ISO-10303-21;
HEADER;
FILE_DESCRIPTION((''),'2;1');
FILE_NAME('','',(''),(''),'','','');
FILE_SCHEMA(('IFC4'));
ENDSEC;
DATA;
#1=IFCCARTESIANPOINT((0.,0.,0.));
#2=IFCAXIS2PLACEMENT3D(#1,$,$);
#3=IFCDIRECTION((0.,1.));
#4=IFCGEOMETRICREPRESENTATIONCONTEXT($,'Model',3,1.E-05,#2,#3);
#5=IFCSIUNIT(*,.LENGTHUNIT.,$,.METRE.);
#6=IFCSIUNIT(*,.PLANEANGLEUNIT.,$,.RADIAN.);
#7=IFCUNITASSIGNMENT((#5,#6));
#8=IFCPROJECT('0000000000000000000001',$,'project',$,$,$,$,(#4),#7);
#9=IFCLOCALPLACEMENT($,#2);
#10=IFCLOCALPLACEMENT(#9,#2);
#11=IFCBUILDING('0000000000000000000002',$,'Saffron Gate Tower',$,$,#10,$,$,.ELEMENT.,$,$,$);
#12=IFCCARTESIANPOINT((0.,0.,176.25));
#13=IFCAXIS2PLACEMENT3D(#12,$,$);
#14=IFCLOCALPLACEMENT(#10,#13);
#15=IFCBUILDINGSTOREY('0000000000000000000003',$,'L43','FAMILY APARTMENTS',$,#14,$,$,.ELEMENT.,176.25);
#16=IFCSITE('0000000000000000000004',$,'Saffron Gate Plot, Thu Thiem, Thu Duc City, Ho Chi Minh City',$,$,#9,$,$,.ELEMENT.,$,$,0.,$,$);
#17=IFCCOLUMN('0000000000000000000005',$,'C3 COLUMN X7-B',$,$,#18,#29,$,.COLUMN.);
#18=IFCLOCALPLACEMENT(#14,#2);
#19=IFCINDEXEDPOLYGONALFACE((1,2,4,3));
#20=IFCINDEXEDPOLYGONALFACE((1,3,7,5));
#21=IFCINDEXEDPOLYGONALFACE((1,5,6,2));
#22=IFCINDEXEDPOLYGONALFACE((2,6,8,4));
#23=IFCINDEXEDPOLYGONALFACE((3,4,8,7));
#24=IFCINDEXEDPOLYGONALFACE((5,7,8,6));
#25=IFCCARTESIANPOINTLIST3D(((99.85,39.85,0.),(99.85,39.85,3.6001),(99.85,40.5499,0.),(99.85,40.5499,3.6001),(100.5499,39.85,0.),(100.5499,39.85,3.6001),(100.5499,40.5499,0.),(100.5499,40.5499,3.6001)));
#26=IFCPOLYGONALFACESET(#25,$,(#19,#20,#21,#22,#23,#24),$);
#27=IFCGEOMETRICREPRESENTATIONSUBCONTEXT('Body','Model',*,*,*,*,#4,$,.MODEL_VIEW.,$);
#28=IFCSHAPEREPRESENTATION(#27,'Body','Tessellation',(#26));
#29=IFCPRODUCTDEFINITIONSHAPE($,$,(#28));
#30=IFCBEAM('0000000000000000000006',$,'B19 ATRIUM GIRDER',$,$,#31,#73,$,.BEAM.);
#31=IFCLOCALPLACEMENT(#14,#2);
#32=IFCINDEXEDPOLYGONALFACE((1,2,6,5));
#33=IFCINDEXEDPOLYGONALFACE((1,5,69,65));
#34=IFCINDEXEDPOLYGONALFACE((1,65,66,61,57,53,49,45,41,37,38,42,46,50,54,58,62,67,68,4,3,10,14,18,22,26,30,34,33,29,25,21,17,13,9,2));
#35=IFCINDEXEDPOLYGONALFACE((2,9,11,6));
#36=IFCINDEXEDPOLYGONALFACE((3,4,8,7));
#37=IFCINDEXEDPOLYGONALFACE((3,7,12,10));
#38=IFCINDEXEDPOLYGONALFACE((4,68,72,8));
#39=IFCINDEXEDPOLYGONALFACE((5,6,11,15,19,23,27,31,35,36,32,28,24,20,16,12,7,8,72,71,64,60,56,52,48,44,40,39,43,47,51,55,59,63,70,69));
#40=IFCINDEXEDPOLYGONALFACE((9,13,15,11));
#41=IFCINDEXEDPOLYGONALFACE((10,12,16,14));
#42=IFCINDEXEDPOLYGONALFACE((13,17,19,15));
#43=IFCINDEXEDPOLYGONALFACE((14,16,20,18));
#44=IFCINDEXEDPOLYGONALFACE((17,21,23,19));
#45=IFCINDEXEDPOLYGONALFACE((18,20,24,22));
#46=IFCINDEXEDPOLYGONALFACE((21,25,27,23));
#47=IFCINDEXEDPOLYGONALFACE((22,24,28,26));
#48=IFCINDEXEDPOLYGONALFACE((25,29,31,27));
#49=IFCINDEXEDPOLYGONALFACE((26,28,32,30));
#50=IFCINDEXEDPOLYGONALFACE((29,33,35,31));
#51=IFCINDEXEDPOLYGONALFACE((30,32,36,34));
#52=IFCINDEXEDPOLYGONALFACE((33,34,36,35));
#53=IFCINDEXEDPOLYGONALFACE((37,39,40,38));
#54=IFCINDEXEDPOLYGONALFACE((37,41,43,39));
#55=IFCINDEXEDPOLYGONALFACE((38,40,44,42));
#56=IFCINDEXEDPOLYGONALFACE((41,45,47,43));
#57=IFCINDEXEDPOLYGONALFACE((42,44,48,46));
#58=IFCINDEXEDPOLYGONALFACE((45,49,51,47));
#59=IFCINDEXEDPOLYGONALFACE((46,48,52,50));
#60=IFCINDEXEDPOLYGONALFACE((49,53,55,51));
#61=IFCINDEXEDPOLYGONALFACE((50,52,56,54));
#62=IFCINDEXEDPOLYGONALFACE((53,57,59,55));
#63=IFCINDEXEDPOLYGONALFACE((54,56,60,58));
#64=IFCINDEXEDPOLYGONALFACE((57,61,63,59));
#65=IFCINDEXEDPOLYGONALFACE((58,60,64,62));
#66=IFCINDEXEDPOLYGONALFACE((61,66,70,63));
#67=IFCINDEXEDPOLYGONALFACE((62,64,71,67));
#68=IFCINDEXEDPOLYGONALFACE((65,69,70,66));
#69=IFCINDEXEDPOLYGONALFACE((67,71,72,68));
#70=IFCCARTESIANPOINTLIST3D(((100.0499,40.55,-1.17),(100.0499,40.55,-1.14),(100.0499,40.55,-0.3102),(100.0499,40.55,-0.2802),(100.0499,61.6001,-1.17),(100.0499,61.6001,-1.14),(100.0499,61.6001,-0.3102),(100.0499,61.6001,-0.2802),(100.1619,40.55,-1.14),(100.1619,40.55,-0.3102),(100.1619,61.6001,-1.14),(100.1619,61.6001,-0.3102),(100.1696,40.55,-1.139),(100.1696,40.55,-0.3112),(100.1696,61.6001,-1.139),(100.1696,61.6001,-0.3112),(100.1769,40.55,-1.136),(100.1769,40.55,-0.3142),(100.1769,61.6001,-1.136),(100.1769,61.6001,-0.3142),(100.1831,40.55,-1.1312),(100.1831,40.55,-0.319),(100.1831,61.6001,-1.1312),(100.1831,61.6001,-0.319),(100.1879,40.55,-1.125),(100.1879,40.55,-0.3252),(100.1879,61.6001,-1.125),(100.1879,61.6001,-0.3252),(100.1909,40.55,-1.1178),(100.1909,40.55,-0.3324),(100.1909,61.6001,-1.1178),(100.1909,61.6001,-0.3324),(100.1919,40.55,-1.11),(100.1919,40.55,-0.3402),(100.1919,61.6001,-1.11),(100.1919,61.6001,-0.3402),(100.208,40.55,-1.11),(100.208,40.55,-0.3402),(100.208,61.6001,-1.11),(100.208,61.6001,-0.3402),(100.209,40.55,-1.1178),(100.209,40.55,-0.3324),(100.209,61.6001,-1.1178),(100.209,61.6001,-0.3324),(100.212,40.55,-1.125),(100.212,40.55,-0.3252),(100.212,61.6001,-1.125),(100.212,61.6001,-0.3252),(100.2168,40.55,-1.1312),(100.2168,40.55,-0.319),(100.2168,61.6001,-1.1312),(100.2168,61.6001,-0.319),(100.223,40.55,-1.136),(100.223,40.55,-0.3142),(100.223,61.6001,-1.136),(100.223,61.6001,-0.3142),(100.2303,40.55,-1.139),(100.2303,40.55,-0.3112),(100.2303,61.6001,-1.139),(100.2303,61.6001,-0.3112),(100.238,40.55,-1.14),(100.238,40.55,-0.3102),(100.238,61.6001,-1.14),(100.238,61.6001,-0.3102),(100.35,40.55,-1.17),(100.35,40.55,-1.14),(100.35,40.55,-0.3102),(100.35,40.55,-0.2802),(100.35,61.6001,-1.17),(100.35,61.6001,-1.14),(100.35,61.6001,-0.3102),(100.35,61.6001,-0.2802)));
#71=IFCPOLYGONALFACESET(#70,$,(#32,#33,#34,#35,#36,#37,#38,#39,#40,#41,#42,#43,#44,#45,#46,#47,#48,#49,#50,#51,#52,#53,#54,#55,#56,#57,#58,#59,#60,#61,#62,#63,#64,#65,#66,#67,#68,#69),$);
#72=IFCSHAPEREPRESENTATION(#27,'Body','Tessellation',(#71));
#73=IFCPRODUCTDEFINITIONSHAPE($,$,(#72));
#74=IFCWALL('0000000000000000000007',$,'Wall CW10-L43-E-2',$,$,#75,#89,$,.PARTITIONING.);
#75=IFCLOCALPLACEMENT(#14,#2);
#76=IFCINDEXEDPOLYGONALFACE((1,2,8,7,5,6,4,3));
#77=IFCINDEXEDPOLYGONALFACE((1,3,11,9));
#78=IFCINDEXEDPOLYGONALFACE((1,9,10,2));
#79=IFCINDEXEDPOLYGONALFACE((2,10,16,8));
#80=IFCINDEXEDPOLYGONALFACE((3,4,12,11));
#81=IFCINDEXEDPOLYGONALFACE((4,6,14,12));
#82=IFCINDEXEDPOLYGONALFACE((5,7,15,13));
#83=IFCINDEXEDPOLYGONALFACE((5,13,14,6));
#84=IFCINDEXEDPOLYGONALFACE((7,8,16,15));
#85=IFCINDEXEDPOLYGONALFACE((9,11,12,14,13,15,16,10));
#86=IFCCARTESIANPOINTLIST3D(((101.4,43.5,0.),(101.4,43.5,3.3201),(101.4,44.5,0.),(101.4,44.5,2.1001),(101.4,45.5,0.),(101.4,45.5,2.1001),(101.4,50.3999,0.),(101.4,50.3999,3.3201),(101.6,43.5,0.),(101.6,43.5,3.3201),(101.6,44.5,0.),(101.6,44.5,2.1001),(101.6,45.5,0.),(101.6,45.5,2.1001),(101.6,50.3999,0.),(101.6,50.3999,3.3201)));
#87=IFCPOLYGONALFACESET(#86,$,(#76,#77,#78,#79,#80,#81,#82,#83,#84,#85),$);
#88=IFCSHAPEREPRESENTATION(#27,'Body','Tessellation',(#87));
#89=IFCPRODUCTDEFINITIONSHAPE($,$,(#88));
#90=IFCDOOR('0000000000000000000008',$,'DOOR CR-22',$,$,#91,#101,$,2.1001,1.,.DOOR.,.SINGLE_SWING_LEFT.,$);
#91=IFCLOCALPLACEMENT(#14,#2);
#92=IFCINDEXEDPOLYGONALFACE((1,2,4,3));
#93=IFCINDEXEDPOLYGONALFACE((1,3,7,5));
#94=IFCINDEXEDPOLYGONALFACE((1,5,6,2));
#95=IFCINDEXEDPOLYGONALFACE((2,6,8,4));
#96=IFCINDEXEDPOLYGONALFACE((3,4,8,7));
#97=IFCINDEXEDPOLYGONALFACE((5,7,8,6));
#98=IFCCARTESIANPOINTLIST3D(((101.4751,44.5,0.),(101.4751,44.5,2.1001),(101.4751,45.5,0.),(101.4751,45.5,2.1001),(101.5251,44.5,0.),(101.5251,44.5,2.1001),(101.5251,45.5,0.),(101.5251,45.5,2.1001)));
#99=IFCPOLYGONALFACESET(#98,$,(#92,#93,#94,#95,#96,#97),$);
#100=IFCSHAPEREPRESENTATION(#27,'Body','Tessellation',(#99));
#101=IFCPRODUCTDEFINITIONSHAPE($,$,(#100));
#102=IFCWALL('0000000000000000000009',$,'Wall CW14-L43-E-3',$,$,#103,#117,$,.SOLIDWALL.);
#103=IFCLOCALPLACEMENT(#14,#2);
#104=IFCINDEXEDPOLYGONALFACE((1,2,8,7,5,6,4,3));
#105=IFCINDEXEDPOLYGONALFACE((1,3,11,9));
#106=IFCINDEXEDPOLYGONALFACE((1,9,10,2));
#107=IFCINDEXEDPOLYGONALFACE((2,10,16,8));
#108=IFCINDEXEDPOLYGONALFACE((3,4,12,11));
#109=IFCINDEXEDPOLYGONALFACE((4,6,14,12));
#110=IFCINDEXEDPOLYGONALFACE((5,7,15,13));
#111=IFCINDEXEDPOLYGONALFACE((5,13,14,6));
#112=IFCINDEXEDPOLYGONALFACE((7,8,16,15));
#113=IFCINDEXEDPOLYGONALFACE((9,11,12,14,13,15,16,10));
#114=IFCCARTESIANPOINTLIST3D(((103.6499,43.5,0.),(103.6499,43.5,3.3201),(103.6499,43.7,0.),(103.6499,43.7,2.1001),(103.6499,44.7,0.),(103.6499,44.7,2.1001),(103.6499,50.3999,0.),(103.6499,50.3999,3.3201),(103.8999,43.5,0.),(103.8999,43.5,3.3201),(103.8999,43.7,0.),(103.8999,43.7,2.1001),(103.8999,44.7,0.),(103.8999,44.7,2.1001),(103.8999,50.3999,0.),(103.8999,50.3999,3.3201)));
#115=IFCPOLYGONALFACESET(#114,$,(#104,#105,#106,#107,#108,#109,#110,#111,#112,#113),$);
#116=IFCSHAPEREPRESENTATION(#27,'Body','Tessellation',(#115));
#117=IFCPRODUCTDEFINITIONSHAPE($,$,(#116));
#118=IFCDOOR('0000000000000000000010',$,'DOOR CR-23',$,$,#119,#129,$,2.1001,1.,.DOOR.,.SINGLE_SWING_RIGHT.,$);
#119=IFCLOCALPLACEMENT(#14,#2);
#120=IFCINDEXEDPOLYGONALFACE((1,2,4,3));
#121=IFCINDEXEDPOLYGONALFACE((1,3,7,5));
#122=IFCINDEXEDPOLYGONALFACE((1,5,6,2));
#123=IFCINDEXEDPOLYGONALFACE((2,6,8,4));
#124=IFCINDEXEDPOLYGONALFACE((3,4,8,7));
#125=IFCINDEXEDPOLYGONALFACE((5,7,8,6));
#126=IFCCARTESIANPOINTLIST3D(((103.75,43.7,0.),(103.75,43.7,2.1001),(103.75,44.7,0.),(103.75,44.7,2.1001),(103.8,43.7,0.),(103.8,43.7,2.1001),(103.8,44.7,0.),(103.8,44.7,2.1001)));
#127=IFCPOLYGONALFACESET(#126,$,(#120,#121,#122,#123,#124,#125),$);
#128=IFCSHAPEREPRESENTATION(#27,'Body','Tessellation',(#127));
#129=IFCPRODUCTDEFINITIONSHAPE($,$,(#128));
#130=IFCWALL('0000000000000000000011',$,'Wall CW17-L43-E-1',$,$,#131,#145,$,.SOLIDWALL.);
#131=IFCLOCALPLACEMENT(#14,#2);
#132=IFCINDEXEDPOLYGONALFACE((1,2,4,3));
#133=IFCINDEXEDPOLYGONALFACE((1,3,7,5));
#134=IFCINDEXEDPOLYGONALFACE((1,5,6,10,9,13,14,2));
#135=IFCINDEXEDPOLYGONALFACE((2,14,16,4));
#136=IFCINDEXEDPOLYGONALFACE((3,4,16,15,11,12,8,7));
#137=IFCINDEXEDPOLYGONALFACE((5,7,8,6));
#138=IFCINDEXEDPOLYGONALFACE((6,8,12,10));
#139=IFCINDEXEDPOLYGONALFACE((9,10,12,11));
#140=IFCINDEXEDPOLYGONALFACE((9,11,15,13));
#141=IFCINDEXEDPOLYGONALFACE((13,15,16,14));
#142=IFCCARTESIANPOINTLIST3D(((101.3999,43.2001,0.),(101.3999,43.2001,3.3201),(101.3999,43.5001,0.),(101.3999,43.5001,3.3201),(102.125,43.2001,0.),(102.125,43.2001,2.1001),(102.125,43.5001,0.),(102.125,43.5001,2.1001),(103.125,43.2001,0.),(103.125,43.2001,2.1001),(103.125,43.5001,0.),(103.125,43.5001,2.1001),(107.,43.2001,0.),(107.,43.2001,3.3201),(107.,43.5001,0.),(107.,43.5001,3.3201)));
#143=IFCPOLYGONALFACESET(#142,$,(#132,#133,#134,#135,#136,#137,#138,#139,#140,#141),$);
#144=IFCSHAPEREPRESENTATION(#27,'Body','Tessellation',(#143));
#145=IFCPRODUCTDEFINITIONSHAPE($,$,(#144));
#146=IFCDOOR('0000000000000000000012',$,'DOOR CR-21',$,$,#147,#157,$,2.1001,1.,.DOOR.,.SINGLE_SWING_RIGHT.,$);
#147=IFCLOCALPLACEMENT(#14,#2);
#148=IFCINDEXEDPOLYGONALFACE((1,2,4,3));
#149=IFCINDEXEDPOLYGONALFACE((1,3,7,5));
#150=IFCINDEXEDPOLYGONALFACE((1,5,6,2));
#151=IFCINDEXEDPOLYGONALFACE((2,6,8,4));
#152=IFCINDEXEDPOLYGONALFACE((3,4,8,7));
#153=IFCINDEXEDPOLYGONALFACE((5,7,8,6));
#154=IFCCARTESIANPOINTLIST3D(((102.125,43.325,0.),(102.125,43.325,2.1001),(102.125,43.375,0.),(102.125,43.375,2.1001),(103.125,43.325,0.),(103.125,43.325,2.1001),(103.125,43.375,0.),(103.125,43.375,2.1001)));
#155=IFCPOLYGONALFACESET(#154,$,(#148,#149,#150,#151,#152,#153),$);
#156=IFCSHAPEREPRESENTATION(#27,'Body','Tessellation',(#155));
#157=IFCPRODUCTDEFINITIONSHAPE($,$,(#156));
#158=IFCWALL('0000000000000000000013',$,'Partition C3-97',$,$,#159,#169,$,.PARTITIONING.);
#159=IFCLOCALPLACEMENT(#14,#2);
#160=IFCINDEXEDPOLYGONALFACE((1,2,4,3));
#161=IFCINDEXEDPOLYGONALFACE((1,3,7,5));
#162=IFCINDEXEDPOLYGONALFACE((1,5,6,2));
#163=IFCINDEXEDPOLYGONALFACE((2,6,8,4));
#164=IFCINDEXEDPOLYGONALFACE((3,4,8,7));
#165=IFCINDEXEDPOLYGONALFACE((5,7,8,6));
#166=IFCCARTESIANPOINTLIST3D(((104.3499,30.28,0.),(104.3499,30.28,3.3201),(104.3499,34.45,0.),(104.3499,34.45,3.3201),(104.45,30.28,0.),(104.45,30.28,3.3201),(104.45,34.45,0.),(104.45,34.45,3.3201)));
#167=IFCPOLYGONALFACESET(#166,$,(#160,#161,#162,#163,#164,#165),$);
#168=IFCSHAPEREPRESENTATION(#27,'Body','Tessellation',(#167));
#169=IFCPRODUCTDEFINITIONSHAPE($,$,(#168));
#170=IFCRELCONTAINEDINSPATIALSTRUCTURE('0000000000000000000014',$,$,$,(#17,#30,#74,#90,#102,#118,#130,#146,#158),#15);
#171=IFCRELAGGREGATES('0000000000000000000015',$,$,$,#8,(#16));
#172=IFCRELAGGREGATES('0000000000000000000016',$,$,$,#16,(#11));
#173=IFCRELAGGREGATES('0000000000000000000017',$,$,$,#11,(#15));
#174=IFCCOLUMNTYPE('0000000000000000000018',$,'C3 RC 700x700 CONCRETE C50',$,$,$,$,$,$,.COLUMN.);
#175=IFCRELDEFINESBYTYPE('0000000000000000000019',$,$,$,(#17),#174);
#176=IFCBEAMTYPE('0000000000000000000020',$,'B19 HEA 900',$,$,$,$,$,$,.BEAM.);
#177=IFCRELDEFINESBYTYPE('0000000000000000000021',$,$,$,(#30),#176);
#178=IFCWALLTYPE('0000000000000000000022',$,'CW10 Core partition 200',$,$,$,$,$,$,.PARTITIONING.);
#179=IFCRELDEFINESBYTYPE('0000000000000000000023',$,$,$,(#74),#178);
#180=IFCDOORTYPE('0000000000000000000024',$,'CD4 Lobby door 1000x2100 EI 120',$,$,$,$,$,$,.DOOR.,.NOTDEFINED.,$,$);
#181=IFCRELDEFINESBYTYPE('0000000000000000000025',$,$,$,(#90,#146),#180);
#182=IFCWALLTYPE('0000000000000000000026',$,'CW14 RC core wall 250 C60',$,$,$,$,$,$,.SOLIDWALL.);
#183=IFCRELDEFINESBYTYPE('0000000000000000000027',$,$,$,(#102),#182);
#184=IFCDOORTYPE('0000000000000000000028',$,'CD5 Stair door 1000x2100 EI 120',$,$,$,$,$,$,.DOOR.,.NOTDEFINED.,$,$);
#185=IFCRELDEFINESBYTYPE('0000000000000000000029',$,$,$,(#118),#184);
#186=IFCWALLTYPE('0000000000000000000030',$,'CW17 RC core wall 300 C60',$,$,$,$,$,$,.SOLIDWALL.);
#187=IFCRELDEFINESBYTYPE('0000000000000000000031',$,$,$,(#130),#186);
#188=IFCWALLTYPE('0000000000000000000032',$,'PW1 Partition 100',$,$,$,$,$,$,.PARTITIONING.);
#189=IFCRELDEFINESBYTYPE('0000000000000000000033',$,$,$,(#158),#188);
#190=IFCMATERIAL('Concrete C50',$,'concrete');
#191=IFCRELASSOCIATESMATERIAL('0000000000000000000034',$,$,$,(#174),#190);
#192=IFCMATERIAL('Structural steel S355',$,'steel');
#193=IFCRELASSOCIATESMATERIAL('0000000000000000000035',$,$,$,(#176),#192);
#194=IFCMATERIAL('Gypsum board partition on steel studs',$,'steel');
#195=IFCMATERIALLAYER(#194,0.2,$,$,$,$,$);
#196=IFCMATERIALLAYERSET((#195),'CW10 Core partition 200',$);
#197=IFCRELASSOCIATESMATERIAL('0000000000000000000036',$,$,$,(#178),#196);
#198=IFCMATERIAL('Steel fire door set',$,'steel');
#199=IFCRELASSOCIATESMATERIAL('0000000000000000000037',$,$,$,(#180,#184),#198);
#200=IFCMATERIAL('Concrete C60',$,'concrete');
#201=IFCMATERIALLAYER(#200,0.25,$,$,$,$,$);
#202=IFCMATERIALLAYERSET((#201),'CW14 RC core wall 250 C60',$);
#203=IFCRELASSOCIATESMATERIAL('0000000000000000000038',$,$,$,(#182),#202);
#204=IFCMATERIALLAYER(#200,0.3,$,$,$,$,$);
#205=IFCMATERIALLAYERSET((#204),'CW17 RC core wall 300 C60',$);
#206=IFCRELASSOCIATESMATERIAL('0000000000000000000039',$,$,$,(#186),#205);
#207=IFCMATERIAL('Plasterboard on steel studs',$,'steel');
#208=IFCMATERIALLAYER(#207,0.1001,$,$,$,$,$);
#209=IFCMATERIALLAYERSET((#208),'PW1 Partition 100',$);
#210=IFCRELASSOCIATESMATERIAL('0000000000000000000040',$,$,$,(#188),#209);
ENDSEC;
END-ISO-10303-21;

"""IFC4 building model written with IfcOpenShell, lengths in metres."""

from ifc_helpers import new_model, si_unit, direction, frame, frame_2d, origin, origin_2d, place, context, subcontext, project, spatial, rectangle, i_section, extrude, material, layer, layer_set, material_profile, profile_set, type_object, element, fill, save


model = new_model("IFC4")

# Units and contexts
model_context = context("Model", 3, precision=1e-05, world=origin(), true_north=direction((0.0, 1.0)))
body_context = subcontext(model_context, "Body", "Model", "MODEL_VIEW")
ifc_project = project(units=[si_unit("LENGTHUNIT", "METRE"), si_unit("PLANEANGLEUNIT", "RADIAN")], contexts=[model_context])

# Site, building, storey
site_placement = place(None, origin())
site = spatial("IfcSite", under=ifc_project, at=site_placement, Name="Saffron Gate Plot, Thu Thiem, Thu Duc City, Ho Chi Minh City", CompositionType="ELEMENT", RefElevation=0.0)
building_placement = place(site_placement, origin())
building = spatial("IfcBuilding", under=site, at=building_placement, Name="Saffron Gate Tower", CompositionType="ELEMENT")
storey_placement = place(building_placement, frame((0.0, 0.0, 176.25)))
storey = spatial("IfcBuildingStorey", under=building, at=storey_placement, Name="L43", Description="FAMILY APARTMENTS", CompositionType="ELEMENT", Elevation=176.25)

# Column
ifc_material_1 = material(Name="Concrete C50", Category="concrete")
ifc_material_profile_1 = material_profile(ifc_material_1, rectangle(XDim=0.7, YDim=0.7, at=origin_2d()))
ifc_profile_set_1 = profile_set([ifc_material_profile_1], Name="Concrete C50")
column_type = type_object("IfcColumnType", Name="C3 RC 700x700 CONCRETE C50", PredefinedType="COLUMN", material=ifc_profile_set_1)
column_placement = place(storey_placement, frame((100.2, 40.2, 0.0), z_axis=(0.0, 0.0, 1.0), x_axis=(1.0, 0.0, 0.0)))
element("IfcColumn", 1, at=column_placement, inside=storey, type_object=column_type, Name="C3 COLUMN X7-B", PredefinedType="COLUMN", context=body_context, shape_type="SweptSolid", body=[
    extrude(rectangle(XDim=0.7, YDim=0.7, at=origin_2d()), origin(), (0.0, 0.0, 1.0), 3.6001),
])

# Beam
ifc_material_2 = material(Name="Structural steel S355", Category="steel")
ifc_material_profile_2 = material_profile(ifc_material_2, i_section(OverallWidth=0.3, OverallDepth=0.8899, WebThickness=0.0161, FlangeThickness=0.03, FilletRadius=0.03, at=origin_2d()))
ifc_profile_set_2 = profile_set([ifc_material_profile_2], Name="Structural steel S355")
beam_type = type_object("IfcBeamType", Name="B19 HEA 900", PredefinedType="BEAM", material=ifc_profile_set_2)
beam_placement = place(storey_placement, frame((100.2, 40.55, -0.7251), z_axis=(0.0, 1.0, 0.0), x_axis=(-1.0, 0.0, 0.0)))
element("IfcBeam", 2, at=beam_placement, inside=storey, type_object=beam_type, Name="B19 ATRIUM GIRDER", PredefinedType="BEAM", context=body_context, shape_type="SweptSolid", body=[
    extrude(i_section(OverallWidth=0.3, OverallDepth=0.8899, WebThickness=0.0161, FlangeThickness=0.03, FilletRadius=0.03, at=origin_2d()), origin(), (0.0, 0.0, 1.0), 21.05),
])

# Walls, openings, doors
ifc_material_3 = material(Name="Gypsum board partition on steel studs", Category="steel")
ifc_layer_1 = layer(ifc_material_3, 0.2)
ifc_layer_set_1 = layer_set([ifc_layer_1], Name="CW10 Core partition 200")
wall_type_1 = type_object("IfcWallType", Name="CW10 Core partition 200", PredefinedType="PARTITIONING", material=ifc_layer_set_1)
wall_1_placement = place(storey_placement, frame((101.5, 43.5, 0.0), z_axis=(0.0, 0.0, 1.0), x_axis=(0.0, 1.0, 0.0)))
wall_1 = element("IfcWall", 3, at=wall_1_placement, inside=storey, type_object=wall_type_1, Name="Wall CW10-L43-E-2", PredefinedType="PARTITIONING", context=body_context, shape_type="SweptSolid", body=[
    extrude(rectangle(XDim=6.8999, YDim=0.2, at=frame_2d((3.45, 0.0))), origin(), (0.0, 0.0, 1.0), 3.3201),
])
opening_1_placement = place(wall_1_placement, frame((1.0, 0.0, 0.0)))
opening_1 = element("IfcOpeningElement", 4, at=opening_1_placement, cuts=wall_1, PredefinedType="OPENING", context=body_context, shape_type="SweptSolid", body=[
    extrude(rectangle(XDim=1.0, YDim=2.1001, at=frame_2d((0.5, 1.05))), frame((0.0, 0.1099, 0.0), z_axis=(0.0, -1.0, 0.0), x_axis=(1.0, 0.0, 0.0)), (0.0, 0.0, 1.0), 0.22),
])
ifc_material_4 = material(Name="Steel fire door set", Category="steel")
door_type_1 = type_object("IfcDoorType", Name="CD4 Lobby door 1000x2100 EI 120", OperationType="NOTDEFINED", PredefinedType="DOOR", material=ifc_material_4)
door_1_placement = place(opening_1_placement, origin())
door_1 = element("IfcDoor", 5, at=door_1_placement, inside=storey, type_object=door_type_1, Name="DOOR CR-22", OperationType="SINGLE_SWING_LEFT", OverallHeight=2.1001, OverallWidth=1.0, PredefinedType="DOOR", context=body_context, shape_type="SweptSolid", body=[
    extrude(rectangle(XDim=1.0, YDim=2.1001, at=frame_2d((0.5, 1.05))), frame((0.0, 0.0249, 0.0), z_axis=(0.0, -1.0, 0.0), x_axis=(1.0, 0.0, 0.0)), (0.0, 0.0, 1.0), 0.05),
])
fill(opening_1, door_1)
ifc_material_5 = material(Name="Concrete C60", Category="concrete")
ifc_layer_2 = layer(ifc_material_5, 0.25)
ifc_layer_set_2 = layer_set([ifc_layer_2], Name="CW14 RC core wall 250 C60")
wall_type_2 = type_object("IfcWallType", Name="CW14 RC core wall 250 C60", PredefinedType="SOLIDWALL", material=ifc_layer_set_2)
wall_2_placement = place(storey_placement, frame((103.7749, 43.5, 0.0), z_axis=(0.0, 0.0, 1.0), x_axis=(0.0, 1.0, 0.0)))
wall_2 = element("IfcWall", 6, at=wall_2_placement, inside=storey, type_object=wall_type_2, Name="Wall CW14-L43-E-3", PredefinedType="SOLIDWALL", context=body_context, shape_type="SweptSolid", body=[
    extrude(rectangle(XDim=6.8999, YDim=0.25, at=frame_2d((3.45, 0.0))), origin(), (0.0, 0.0, 1.0), 3.3201),
])
opening_2_placement = place(wall_2_placement, frame((0.2, 0.0, 0.0)))
opening_2 = element("IfcOpeningElement", 7, at=opening_2_placement, cuts=wall_2, PredefinedType="OPENING", context=body_context, shape_type="SweptSolid", body=[
    extrude(rectangle(XDim=1.0, YDim=2.1001, at=frame_2d((0.5, 1.05))), frame((0.0, 0.135, 0.0), z_axis=(0.0, -1.0, 0.0), x_axis=(1.0, 0.0, 0.0)), (0.0, 0.0, 1.0), 0.27),
])
door_type_2 = type_object("IfcDoorType", Name="CD5 Stair door 1000x2100 EI 120", OperationType="NOTDEFINED", PredefinedType="DOOR", material=ifc_material_4)
door_2_placement = place(opening_2_placement, origin())
door_2 = element("IfcDoor", 8, at=door_2_placement, inside=storey, type_object=door_type_2, Name="DOOR CR-23", OperationType="SINGLE_SWING_RIGHT", OverallHeight=2.1001, OverallWidth=1.0, PredefinedType="DOOR", context=body_context, shape_type="SweptSolid", body=[
    extrude(rectangle(XDim=1.0, YDim=2.1001, at=frame_2d((0.5, 1.05))), frame((0.0, 0.0249, 0.0), z_axis=(0.0, -1.0, 0.0), x_axis=(1.0, 0.0, 0.0)), (0.0, 0.0, 1.0), 0.05),
])
fill(opening_2, door_2)
ifc_layer_3 = layer(ifc_material_5, 0.3)
ifc_layer_set_3 = layer_set([ifc_layer_3], Name="CW17 RC core wall 300 C60")
wall_type_3 = type_object("IfcWallType", Name="CW17 RC core wall 300 C60", PredefinedType="SOLIDWALL", material=ifc_layer_set_3)
wall_3_placement = place(storey_placement, frame((101.3999, 43.3501, 0.0), z_axis=(0.0, 0.0, 1.0), x_axis=(1.0, 0.0, 0.0)))
wall_3 = element("IfcWall", 9, at=wall_3_placement, inside=storey, type_object=wall_type_3, Name="Wall CW17-L43-E-1", PredefinedType="SOLIDWALL", context=body_context, shape_type="SweptSolid", body=[
    extrude(rectangle(XDim=5.6001, YDim=0.3, at=frame_2d((2.8, 0.0))), origin(), (0.0, 0.0, 1.0), 3.3201),
])
opening_3_placement = place(wall_3_placement, frame((0.7251, 0.0, 0.0)))
opening_3 = element("IfcOpeningElement", 10, at=opening_3_placement, cuts=wall_3, PredefinedType="OPENING", context=body_context, shape_type="SweptSolid", body=[
    extrude(rectangle(XDim=1.0, YDim=2.1001, at=frame_2d((0.5, 1.05))), frame((0.0, 0.1602, 0.0), z_axis=(0.0, -1.0, 0.0), x_axis=(1.0, 0.0, 0.0)), (0.0, 0.0, 1.0), 0.3201),
])
door_3_placement = place(opening_3_placement, origin())
door_3 = element("IfcDoor", 11, at=door_3_placement, inside=storey, type_object=door_type_1, Name="DOOR CR-21", OperationType="SINGLE_SWING_RIGHT", OverallHeight=2.1001, OverallWidth=1.0, PredefinedType="DOOR", context=body_context, shape_type="SweptSolid", body=[
    extrude(rectangle(XDim=1.0, YDim=2.1001, at=frame_2d((0.5, 1.05))), frame((0.0, 0.0249, 0.0), z_axis=(0.0, -1.0, 0.0), x_axis=(1.0, 0.0, 0.0)), (0.0, 0.0, 1.0), 0.05),
])
fill(opening_3, door_3)

# Wall
ifc_material_6 = material(Name="Plasterboard on steel studs", Category="steel")
ifc_layer_4 = layer(ifc_material_6, 0.1001)
ifc_layer_set_4 = layer_set([ifc_layer_4], Name="PW1 Partition 100")
wall_type_4 = type_object("IfcWallType", Name="PW1 Partition 100", PredefinedType="PARTITIONING", material=ifc_layer_set_4)
wall_4_placement = place(storey_placement, frame((104.3999, 34.45, 0.0), z_axis=(0.0, 0.0, 1.0), x_axis=(0.0, -1.0, 0.0)))
element("IfcWall", 12, at=wall_4_placement, inside=storey, type_object=wall_type_4, Name="Partition C3-97", PredefinedType="PARTITIONING", context=body_context, shape_type="SweptSolid", body=[
    extrude(rectangle(XDim=4.1699, YDim=0.1001, at=frame_2d((2.085, 0.0))), origin(), (0.0, 0.0, 1.0), 3.3201),
])

save(model, "model.ifc")
